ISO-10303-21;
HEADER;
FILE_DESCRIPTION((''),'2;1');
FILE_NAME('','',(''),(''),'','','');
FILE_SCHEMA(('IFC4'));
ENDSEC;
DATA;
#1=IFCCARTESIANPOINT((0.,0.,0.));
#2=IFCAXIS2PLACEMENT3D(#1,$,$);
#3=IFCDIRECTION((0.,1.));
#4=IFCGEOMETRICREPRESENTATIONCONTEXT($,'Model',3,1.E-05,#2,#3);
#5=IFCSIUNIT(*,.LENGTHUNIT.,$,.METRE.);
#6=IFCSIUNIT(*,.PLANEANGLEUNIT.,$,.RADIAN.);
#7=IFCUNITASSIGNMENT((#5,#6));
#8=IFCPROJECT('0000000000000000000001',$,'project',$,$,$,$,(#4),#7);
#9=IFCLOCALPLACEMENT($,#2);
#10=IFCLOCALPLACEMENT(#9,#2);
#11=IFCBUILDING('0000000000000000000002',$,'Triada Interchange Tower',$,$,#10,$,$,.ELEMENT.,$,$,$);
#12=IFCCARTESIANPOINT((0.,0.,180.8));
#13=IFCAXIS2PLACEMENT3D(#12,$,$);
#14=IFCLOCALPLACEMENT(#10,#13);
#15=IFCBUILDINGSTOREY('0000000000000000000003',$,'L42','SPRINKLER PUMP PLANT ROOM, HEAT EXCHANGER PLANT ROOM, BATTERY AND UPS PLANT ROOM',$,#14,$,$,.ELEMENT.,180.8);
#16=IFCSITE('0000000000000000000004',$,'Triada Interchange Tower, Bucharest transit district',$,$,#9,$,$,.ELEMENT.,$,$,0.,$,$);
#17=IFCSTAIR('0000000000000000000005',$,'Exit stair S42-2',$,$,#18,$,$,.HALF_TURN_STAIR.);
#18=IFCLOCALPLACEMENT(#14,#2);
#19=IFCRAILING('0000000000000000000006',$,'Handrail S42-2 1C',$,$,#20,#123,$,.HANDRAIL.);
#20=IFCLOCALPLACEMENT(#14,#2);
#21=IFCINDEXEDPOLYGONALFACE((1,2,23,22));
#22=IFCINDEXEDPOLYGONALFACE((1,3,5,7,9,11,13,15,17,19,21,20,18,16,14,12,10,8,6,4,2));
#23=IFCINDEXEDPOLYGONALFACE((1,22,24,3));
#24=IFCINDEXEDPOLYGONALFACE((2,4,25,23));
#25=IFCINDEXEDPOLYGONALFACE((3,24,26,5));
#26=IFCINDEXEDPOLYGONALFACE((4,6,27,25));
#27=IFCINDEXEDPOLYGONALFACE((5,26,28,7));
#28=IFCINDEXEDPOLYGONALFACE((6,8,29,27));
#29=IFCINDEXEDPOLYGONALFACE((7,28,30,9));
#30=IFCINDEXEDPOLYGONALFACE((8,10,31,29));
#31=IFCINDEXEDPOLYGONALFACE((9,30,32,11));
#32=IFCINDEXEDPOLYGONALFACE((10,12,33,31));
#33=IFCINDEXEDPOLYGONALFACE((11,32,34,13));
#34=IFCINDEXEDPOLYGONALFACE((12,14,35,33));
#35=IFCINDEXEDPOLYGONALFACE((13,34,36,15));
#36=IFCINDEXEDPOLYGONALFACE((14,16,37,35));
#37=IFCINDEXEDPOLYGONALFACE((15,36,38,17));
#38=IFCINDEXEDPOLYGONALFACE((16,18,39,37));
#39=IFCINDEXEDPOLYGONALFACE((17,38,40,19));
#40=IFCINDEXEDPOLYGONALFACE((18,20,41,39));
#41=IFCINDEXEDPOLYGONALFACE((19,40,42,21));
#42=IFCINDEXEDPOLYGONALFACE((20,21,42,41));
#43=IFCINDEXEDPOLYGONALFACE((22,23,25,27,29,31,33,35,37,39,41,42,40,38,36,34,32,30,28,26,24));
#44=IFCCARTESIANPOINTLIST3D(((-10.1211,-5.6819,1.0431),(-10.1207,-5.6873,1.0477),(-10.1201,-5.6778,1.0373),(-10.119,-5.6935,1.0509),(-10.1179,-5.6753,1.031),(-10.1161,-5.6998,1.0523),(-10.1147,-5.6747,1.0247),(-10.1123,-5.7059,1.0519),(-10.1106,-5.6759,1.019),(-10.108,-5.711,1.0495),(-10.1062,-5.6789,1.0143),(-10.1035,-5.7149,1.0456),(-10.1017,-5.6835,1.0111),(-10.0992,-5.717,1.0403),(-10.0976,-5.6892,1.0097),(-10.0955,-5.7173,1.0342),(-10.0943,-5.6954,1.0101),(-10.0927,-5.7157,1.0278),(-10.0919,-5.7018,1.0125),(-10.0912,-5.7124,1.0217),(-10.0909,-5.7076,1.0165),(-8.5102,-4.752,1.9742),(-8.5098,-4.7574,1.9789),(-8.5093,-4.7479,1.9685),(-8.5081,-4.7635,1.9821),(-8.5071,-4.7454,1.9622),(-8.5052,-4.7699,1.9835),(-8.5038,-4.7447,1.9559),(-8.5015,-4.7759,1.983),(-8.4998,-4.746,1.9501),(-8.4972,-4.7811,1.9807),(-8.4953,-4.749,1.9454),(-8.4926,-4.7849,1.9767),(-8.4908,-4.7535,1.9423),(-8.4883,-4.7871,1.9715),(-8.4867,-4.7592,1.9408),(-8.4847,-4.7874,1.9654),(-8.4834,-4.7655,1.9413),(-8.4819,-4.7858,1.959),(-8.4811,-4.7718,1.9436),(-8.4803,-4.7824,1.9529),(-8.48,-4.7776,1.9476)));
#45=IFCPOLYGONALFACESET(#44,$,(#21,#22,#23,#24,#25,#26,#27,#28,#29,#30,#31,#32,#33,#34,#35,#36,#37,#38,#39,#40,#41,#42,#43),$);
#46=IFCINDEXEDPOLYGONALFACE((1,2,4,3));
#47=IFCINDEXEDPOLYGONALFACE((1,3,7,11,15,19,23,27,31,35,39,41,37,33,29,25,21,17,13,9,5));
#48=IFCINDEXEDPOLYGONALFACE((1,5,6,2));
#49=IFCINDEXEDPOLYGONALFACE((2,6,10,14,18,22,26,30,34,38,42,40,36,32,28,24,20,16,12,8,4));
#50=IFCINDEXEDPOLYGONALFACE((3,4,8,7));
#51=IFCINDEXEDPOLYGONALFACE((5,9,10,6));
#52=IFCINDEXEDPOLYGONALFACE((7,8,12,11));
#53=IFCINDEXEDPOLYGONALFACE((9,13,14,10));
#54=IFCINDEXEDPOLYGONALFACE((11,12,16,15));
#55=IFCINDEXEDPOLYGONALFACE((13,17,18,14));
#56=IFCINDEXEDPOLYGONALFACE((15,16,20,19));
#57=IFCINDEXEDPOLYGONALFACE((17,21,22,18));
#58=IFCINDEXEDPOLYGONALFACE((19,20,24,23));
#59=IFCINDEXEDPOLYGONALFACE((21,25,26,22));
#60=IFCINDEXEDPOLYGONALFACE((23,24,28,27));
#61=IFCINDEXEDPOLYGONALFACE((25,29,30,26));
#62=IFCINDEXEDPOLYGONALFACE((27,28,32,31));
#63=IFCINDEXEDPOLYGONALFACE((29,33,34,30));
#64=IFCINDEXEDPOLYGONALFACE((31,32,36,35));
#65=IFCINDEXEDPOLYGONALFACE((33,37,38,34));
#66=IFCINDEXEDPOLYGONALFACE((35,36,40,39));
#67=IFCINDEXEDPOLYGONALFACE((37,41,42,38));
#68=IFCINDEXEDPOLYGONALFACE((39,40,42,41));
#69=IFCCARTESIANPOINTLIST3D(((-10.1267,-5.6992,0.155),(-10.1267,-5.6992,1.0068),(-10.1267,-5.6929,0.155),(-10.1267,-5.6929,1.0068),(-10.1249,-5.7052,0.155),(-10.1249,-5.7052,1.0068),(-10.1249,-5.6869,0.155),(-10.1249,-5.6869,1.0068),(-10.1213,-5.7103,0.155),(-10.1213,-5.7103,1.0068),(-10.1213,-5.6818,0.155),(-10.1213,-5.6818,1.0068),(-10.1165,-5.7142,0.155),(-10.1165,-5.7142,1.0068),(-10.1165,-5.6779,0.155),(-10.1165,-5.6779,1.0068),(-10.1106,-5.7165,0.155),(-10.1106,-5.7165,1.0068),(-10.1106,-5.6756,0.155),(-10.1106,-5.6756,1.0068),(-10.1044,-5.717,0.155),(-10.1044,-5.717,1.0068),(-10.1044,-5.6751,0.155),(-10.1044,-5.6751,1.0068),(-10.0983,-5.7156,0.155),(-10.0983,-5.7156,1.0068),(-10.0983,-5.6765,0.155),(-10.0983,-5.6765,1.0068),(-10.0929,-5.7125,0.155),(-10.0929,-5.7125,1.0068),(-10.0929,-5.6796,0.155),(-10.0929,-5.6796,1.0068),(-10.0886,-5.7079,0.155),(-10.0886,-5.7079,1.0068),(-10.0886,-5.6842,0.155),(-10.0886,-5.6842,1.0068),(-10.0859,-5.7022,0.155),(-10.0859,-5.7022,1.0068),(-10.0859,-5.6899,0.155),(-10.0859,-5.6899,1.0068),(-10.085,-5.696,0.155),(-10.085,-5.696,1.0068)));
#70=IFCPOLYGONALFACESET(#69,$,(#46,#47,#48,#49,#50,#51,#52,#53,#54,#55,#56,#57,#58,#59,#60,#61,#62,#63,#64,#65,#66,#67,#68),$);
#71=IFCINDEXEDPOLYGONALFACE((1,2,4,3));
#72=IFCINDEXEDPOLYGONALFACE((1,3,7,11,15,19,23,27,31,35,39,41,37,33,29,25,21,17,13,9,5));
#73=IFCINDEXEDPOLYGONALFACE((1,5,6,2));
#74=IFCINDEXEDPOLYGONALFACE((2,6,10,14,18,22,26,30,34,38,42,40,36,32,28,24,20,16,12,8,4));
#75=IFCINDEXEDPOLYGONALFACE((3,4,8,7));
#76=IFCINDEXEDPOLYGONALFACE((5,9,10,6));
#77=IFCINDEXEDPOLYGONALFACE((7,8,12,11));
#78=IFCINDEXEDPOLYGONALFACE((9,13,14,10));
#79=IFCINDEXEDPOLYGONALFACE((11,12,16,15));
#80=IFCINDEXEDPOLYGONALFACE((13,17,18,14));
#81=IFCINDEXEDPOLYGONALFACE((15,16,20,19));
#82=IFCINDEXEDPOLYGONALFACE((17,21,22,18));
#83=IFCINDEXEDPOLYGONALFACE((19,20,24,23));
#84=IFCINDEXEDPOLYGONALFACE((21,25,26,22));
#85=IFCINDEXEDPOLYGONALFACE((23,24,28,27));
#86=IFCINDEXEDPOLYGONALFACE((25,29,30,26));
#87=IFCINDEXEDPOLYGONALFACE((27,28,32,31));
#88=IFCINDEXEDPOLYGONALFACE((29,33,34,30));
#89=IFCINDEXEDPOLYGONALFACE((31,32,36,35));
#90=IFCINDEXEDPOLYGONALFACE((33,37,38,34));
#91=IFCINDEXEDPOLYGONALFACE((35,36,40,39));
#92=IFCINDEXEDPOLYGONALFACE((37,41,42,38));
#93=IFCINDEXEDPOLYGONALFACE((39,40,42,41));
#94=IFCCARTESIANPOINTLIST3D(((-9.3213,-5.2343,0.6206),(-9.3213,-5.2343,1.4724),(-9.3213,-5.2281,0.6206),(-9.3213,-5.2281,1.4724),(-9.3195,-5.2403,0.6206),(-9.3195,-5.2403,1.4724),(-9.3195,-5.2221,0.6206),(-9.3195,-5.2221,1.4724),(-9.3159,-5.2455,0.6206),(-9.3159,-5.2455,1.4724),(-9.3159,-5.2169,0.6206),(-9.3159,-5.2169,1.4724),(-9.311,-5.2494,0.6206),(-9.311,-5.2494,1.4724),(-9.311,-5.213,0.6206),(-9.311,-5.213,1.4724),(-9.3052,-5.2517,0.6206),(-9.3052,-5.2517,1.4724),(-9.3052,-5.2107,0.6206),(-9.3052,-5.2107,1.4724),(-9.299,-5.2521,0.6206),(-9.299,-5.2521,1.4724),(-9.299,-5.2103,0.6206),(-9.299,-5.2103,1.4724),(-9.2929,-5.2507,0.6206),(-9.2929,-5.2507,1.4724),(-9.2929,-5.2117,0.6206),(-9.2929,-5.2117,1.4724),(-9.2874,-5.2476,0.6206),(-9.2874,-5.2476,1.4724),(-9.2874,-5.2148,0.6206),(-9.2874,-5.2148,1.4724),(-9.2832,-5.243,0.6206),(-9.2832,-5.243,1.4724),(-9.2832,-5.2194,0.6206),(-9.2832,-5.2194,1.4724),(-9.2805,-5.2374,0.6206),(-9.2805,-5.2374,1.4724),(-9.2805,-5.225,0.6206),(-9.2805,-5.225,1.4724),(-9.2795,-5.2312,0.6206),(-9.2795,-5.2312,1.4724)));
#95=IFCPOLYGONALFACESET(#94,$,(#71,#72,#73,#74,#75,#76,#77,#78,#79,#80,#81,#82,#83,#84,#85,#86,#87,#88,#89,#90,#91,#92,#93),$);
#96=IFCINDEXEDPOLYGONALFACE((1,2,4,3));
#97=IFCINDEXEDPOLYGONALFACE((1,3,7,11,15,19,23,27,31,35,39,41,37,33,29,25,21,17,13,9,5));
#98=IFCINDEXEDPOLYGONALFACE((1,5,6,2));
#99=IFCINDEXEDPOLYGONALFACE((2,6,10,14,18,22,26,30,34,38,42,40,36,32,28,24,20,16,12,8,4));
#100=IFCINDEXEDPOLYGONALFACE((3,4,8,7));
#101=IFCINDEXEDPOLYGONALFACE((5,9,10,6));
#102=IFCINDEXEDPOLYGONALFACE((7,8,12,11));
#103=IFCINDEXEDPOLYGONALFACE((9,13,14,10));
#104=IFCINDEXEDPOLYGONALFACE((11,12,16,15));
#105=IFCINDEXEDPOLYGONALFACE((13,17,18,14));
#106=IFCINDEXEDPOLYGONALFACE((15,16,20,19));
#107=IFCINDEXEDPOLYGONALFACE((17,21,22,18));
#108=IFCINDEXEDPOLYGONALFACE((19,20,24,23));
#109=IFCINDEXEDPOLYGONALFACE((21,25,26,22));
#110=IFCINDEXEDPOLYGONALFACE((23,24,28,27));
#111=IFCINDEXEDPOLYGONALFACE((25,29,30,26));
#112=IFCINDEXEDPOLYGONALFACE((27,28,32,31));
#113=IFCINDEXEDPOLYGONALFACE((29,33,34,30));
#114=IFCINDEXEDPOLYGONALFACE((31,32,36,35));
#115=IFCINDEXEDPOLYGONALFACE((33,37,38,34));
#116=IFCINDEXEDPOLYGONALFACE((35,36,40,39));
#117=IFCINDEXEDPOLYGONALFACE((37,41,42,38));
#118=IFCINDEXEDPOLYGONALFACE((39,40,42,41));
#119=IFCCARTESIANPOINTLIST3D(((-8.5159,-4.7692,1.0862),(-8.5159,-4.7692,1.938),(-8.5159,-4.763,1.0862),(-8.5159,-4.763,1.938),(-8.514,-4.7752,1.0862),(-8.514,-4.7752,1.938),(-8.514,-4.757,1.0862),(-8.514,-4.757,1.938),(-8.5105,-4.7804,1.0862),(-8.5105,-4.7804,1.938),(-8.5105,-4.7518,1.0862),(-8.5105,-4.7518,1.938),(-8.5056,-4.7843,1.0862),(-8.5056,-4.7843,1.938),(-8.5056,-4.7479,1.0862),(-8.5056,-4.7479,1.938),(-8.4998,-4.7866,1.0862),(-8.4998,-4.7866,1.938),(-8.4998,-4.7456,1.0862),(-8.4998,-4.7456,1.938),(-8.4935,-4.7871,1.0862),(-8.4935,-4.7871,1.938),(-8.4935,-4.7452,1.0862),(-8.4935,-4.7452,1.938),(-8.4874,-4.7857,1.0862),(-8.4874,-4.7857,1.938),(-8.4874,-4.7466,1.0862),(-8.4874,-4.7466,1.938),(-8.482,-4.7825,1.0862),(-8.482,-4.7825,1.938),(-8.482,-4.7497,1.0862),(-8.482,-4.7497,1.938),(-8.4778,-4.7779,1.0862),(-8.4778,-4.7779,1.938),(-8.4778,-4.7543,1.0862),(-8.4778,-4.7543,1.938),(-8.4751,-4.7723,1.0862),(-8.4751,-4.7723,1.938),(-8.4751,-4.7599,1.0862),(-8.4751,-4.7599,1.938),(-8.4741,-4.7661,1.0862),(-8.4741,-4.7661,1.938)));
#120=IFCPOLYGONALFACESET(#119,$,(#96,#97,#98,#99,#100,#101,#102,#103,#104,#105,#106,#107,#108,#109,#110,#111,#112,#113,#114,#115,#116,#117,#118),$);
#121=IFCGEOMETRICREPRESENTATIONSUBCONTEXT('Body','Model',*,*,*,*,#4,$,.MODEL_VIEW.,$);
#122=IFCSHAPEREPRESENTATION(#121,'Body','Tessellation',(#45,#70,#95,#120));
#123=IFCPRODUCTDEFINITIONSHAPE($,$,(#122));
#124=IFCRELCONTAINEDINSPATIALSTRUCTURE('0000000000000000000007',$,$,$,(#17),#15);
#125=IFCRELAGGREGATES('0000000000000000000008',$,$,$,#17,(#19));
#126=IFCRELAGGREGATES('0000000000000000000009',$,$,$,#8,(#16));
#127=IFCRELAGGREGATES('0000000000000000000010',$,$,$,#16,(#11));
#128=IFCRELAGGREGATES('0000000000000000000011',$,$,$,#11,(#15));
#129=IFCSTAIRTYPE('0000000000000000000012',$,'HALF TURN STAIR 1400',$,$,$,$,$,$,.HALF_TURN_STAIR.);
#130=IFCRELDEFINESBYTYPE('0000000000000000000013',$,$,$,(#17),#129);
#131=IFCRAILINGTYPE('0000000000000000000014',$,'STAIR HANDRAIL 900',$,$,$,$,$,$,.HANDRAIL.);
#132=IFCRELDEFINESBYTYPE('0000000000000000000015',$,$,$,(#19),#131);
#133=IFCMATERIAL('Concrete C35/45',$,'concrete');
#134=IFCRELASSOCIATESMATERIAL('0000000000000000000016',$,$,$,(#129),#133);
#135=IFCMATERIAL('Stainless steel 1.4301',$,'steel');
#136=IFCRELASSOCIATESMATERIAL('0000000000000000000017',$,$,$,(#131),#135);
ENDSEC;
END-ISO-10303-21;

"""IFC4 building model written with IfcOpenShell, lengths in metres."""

from ifc_helpers import new_model, si_unit, direction, frame, origin, origin_2d, place, context, subcontext, project, spatial, circle, extrude, material, type_object, element, aggregate, save


model = new_model("IFC4")

# Units and contexts
model_context = context("Model", 3, precision=1e-05, world=origin(), true_north=direction((0.0, 1.0)))
body_context = subcontext(model_context, "Body", "Model", "MODEL_VIEW")
ifc_project = project(units=[si_unit("LENGTHUNIT", "METRE"), si_unit("PLANEANGLEUNIT", "RADIAN")], contexts=[model_context])

# Site, building, storey
site_placement = place(None, origin())
site = spatial("IfcSite", under=ifc_project, at=site_placement, Name="Triada Interchange Tower, Bucharest transit district", CompositionType="ELEMENT", RefElevation=0.0)
building_placement = place(site_placement, origin())
building = spatial("IfcBuilding", under=site, at=building_placement, Name="Triada Interchange Tower", CompositionType="ELEMENT")
storey_placement = place(building_placement, frame((0.0, 0.0, 180.8)))
storey = spatial("IfcBuildingStorey", under=building, at=storey_placement, Name="L42", Description="SPRINKLER PUMP PLANT ROOM, HEAT EXCHANGER PLANT ROOM, BATTERY AND UPS PLANT ROOM", CompositionType="ELEMENT", Elevation=180.8)

# Shared definitions
ifc_material_1 = material(Name="Concrete C35/45", Category="concrete")

# Stair, railing
stair_type = type_object("IfcStairType", Name="HALF TURN STAIR 1400", PredefinedType="HALF_TURN_STAIR", material=ifc_material_1)
stair_placement = place(storey_placement, origin())
stair = element("IfcStair", 1, at=stair_placement, inside=storey, type_object=stair_type, Name="Exit stair S42-2", PredefinedType="HALF_TURN_STAIR")
ifc_material_2 = material(Name="Stainless steel 1.4301", Category="steel")
railing_type_1 = type_object("IfcRailingType", Name="STAIR HANDRAIL 900", PredefinedType="HANDRAIL", material=ifc_material_2)
railing_1_placement = place(storey_placement, frame((-10.106, -5.696, 0.155)))
railing_1 = element("IfcRailing", 2, at=railing_1_placement, type_object=railing_type_1, Name="Handrail S42-2 1C", PredefinedType="HANDRAIL", context=body_context, shape_type="SweptSolid", body=[
    extrude(circle(Radius=0.0239, at=origin_2d()), frame((0.0, 0.0, 0.876), z_axis=(0.774422, 0.447071, 0.447658), x_axis=(-0.499965, 0.866046, 0.0)), (0.0, 0.0, 1.0), 2.0801),
    extrude(circle(Radius=0.021, at=origin_2d()), origin(), (0.0, 0.0, 1.0), 0.8518),
    extrude(circle(Radius=0.021, at=origin_2d()), frame((0.8054, 0.4648, 0.4656)), (0.0, 0.0, 1.0), 0.8518),
    extrude(circle(Radius=0.021, at=origin_2d()), frame((1.6108, 0.9299, 0.9312)), (0.0, 0.0, 1.0), 0.8518),
])
aggregate(stair, [railing_1])

save(model, "model.ifc")
